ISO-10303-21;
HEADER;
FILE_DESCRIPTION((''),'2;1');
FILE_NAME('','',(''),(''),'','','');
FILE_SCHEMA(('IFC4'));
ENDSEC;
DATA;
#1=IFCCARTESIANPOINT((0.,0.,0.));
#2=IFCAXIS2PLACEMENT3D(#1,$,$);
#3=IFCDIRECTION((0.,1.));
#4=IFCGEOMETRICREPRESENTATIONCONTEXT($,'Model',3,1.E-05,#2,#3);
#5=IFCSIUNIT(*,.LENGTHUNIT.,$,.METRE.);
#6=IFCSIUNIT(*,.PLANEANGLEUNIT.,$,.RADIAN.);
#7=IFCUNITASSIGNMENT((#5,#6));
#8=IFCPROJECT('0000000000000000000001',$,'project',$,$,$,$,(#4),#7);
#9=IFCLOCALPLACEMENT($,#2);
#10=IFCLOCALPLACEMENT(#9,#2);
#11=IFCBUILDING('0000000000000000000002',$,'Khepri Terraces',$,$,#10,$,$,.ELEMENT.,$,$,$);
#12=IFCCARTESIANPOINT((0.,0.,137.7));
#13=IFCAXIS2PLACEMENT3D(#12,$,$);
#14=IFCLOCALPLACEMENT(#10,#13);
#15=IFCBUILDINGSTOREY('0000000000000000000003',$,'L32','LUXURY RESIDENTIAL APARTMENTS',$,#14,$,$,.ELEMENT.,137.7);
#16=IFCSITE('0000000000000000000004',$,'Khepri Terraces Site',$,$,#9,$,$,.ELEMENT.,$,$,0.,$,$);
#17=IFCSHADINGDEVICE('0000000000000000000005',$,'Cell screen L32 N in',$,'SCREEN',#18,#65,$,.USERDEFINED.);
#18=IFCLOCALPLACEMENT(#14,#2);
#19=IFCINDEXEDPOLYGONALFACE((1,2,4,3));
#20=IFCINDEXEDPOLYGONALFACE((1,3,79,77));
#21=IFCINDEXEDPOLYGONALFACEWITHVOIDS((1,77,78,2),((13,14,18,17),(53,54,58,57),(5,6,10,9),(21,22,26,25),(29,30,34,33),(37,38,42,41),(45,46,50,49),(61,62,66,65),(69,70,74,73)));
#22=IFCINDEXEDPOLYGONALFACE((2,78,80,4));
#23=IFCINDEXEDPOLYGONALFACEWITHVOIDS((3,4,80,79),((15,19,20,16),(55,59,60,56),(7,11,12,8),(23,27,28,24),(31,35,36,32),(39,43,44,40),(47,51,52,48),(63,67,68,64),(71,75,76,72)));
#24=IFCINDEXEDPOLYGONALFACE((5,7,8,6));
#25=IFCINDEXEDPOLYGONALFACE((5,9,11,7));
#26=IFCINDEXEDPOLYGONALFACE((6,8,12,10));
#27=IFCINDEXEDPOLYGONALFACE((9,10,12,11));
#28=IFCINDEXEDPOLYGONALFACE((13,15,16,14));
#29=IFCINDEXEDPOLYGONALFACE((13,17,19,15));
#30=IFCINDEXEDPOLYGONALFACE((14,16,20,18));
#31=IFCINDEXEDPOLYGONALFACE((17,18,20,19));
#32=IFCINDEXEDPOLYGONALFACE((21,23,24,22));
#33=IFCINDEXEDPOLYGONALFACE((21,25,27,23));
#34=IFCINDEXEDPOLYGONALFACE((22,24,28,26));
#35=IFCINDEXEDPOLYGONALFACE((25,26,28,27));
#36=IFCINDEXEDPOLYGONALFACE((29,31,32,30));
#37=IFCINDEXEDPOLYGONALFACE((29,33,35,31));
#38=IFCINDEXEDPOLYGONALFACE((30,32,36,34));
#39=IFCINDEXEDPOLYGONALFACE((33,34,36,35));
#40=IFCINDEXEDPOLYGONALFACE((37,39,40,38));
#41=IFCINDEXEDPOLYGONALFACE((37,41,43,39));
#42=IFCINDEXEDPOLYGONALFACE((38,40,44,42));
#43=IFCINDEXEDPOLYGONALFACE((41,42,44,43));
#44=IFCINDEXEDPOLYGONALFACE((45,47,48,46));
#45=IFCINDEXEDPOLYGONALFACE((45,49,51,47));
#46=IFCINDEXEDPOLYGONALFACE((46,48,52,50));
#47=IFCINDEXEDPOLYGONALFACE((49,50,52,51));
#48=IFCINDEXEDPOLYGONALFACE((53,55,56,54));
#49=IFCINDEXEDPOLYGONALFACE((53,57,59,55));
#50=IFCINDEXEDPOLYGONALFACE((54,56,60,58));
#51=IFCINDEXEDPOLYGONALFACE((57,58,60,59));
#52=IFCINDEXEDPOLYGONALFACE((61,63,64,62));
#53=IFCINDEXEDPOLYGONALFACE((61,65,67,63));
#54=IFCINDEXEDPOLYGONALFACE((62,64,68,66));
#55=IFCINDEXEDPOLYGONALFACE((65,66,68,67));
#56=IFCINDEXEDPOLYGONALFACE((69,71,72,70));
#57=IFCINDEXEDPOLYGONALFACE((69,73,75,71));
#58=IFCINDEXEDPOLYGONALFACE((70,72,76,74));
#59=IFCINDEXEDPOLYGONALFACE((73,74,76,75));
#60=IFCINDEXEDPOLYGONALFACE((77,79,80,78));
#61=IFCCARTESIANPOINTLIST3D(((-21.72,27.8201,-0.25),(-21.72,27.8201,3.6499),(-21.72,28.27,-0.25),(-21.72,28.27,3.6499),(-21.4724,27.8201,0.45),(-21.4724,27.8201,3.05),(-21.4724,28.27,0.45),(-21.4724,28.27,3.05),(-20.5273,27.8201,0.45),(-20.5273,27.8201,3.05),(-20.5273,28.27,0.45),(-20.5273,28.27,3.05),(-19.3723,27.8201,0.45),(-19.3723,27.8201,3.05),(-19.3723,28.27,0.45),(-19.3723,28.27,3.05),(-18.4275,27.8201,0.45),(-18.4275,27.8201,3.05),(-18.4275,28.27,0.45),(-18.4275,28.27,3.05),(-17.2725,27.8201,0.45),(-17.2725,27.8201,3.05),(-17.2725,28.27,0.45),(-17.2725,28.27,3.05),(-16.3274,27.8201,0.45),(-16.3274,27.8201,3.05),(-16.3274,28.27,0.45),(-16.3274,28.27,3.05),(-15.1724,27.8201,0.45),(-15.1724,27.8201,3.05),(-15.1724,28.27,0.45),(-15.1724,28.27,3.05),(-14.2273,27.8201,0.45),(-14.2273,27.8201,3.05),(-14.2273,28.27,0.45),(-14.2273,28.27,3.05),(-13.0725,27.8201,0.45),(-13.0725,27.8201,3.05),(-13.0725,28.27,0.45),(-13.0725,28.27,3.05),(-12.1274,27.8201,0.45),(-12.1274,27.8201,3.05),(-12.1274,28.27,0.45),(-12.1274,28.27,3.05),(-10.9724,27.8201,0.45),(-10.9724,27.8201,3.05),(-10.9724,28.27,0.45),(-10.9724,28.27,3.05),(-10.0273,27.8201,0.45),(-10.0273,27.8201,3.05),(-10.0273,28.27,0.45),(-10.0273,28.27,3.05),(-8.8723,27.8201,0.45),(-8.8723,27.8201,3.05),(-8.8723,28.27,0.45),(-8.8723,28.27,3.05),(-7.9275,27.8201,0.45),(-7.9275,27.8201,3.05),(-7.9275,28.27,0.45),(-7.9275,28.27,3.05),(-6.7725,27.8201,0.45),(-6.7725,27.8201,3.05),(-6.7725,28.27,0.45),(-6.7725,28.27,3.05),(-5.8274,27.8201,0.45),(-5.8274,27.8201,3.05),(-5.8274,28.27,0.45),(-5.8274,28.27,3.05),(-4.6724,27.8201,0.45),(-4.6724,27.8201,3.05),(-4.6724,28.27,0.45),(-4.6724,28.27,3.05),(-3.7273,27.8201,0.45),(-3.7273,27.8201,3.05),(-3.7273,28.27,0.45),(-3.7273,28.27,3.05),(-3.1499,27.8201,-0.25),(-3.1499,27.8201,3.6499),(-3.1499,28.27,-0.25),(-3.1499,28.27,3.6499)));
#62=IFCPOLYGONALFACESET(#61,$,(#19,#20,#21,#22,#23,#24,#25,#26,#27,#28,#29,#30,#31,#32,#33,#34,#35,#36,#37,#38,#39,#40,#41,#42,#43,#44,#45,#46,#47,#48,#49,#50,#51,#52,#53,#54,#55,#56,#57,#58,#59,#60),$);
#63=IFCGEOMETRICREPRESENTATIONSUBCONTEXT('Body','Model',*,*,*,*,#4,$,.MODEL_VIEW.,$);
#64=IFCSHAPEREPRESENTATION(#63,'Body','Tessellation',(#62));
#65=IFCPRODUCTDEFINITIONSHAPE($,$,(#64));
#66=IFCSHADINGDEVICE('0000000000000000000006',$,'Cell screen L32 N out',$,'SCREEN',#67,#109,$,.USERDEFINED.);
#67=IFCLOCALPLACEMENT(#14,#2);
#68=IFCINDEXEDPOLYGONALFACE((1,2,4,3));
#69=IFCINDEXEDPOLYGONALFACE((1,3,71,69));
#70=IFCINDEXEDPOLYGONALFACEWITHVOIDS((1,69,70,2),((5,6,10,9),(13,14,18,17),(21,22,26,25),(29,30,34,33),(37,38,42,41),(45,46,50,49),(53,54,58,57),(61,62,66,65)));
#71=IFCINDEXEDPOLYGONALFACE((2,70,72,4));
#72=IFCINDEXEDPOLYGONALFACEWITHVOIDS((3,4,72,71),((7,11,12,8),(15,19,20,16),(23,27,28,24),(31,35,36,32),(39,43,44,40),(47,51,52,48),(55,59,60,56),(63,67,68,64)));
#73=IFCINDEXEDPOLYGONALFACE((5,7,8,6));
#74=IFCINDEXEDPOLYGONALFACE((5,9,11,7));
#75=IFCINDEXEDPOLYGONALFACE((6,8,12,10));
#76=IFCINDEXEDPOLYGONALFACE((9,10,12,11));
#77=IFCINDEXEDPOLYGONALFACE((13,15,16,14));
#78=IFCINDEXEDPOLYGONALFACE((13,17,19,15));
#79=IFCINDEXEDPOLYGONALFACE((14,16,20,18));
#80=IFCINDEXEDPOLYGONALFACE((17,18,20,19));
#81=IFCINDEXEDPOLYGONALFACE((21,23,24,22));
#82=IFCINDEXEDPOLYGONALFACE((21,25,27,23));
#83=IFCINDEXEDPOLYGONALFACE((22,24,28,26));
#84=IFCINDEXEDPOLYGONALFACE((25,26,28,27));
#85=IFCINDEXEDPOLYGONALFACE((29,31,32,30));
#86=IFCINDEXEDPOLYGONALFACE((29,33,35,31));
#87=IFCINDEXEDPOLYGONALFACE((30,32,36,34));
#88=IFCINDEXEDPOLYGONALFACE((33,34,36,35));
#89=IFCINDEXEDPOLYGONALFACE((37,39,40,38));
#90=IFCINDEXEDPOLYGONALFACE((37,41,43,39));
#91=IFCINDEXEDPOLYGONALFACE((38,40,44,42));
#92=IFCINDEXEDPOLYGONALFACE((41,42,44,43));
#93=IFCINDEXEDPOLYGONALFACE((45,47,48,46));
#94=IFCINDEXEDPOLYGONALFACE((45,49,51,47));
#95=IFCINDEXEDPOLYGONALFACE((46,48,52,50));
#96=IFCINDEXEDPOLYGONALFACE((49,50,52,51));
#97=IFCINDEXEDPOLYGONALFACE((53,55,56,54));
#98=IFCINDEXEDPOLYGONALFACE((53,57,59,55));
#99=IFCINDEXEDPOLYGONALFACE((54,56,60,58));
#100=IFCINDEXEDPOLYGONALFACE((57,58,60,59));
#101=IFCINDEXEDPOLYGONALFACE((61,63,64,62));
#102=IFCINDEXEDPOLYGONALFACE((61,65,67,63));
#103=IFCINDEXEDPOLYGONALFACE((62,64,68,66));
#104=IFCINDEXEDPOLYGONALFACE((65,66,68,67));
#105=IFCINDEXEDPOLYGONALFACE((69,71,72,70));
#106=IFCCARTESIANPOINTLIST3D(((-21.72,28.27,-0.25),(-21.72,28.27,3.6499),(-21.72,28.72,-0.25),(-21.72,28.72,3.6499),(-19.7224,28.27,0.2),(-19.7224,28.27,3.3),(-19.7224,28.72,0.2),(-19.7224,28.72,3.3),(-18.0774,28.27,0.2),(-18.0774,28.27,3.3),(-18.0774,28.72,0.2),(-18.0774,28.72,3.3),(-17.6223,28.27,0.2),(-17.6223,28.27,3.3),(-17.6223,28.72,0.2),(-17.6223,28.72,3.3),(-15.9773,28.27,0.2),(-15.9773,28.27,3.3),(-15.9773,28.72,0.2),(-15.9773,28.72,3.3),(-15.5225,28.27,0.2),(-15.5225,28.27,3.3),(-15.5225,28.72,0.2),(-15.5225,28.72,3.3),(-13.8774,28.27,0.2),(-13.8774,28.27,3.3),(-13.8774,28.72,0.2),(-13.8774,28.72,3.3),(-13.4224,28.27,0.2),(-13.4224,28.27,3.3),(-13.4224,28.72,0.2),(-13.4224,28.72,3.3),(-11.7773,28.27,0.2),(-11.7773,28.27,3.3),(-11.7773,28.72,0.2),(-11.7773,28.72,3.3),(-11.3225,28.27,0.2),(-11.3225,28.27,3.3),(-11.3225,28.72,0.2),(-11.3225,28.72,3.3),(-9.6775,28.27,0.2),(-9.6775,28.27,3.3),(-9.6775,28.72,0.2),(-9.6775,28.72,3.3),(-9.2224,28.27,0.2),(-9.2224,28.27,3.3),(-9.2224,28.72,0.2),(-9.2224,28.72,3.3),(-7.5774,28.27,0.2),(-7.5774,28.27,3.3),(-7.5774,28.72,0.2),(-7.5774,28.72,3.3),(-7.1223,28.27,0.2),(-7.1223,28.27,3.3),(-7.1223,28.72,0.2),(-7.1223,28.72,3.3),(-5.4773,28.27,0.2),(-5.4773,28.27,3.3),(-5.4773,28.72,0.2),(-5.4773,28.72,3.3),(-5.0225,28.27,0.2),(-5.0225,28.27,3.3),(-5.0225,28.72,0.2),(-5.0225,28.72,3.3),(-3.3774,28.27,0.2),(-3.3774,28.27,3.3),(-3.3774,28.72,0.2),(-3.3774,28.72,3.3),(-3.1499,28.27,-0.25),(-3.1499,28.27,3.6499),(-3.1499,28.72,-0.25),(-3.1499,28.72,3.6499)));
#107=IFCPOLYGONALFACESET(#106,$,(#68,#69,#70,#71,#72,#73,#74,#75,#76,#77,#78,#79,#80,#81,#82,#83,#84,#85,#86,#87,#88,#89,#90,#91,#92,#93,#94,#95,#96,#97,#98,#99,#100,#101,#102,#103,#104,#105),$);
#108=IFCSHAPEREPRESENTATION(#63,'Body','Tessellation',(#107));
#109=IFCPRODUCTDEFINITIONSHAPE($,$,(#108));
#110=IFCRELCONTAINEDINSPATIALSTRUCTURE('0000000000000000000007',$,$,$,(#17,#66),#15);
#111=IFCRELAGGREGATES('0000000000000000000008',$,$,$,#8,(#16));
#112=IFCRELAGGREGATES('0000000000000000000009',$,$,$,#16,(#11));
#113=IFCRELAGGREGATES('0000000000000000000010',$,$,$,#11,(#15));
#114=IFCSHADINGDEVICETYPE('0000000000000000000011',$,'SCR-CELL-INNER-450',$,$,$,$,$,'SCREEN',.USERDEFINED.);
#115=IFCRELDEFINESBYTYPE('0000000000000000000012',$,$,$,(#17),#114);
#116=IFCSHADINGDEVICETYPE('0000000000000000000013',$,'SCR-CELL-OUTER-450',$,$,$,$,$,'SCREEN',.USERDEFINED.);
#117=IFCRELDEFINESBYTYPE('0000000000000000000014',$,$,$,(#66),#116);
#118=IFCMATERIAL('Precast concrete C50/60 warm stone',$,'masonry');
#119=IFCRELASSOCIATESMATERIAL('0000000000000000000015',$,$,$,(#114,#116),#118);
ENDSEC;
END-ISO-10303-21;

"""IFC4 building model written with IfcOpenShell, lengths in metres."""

from ifc_helpers import new_model, si_unit, direction, frame, origin, place, context, subcontext, project, spatial, polyline, outline, extrude, material, type_object, element, save


model = new_model("IFC4")

# Units and contexts
model_context = context("Model", 3, precision=1e-05, world=origin(), true_north=direction((0.0, 1.0)))
body_context = subcontext(model_context, "Body", "Model", "MODEL_VIEW")
ifc_project = project(units=[si_unit("LENGTHUNIT", "METRE"), si_unit("PLANEANGLEUNIT", "RADIAN")], contexts=[model_context])

# Site, building, storey
site_placement = place(None, origin())
site = spatial("IfcSite", under=ifc_project, at=site_placement, Name="Khepri Terraces Site", CompositionType="ELEMENT", RefElevation=0.0)
building_placement = place(site_placement, origin())
building = spatial("IfcBuilding", under=site, at=building_placement, Name="Khepri Terraces", CompositionType="ELEMENT")
storey_placement = place(building_placement, frame((0.0, 0.0, 137.7)))
storey = spatial("IfcBuildingStorey", under=building, at=storey_placement, Name="L32", Description="LUXURY RESIDENTIAL APARTMENTS", CompositionType="ELEMENT", Elevation=137.7)

# Shared definitions
ifc_material_1 = material(Name="Precast concrete C50/60 warm stone", Category="masonry")

# Shading devices
shading_device_type_1 = type_object("IfcShadingDeviceType", Name="SCR-CELL-INNER-450", ElementType="SCREEN", PredefinedType="USERDEFINED", material=ifc_material_1)
shading_device_1_placement = place(storey_placement, frame((-3.1499, 27.8201, -0.25), z_axis=(0.0, 1.0, 0.0), x_axis=(-1.0, 0.0, 0.0)))
element("IfcShadingDevice", 1, at=shading_device_1_placement, inside=storey, type_object=shading_device_type_1, Name="Cell screen L32 N in", ObjectType="SCREEN", PredefinedType="USERDEFINED", context=body_context, shape_type="SweptSolid", body=[
    extrude(outline(polyline([(0.0, 0.0), (18.5701, 0.0), (18.5701, 3.8999), (0.0, 3.8999), (0.0, 0.0)]), holes=[polyline([(0.5774, 0.7), (1.5225, 0.7), (1.5225, 3.3), (0.5774, 3.3), (0.5774, 0.7)]), polyline([(2.6775, 0.7), (3.6226, 0.7), (3.6226, 3.3), (2.6775, 3.3), (2.6775, 0.7)]), polyline([(4.7776, 0.7), (5.7224, 0.7), (5.7224, 3.3), (4.7776, 3.3), (4.7776, 0.7)]), polyline([(6.8774, 0.7), (7.8225, 0.7), (7.8225, 3.3), (6.8774, 3.3), (6.8774, 0.7)]), polyline([(8.9775, 0.7), (9.9226, 0.7), (9.9226, 3.3), (8.9775, 3.3), (8.9775, 0.7)]), polyline([(11.0774, 0.7), (12.0225, 0.7), (12.0225, 3.3), (11.0774, 3.3), (11.0774, 0.7)]), polyline([(13.1775, 0.7), (14.1226, 0.7), (14.1226, 3.3), (13.1775, 3.3), (13.1775, 0.7)]), polyline([(15.2776, 0.7), (16.2224, 0.7), (16.2224, 3.3), (15.2776, 3.3), (15.2776, 0.7)]), polyline([(17.3774, 0.7), (18.3225, 0.7), (18.3225, 3.3), (17.3774, 3.3), (17.3774, 0.7)])]), origin(), (0.0, 0.0, 1.0), 0.45),
])
shading_device_type_2 = type_object("IfcShadingDeviceType", Name="SCR-CELL-OUTER-450", ElementType="SCREEN", PredefinedType="USERDEFINED", material=ifc_material_1)
shading_device_2_placement = place(storey_placement, frame((-3.1499, 28.27, -0.25), z_axis=(0.0, 1.0, 0.0), x_axis=(-1.0, 0.0, 0.0)))
element("IfcShadingDevice", 2, at=shading_device_2_placement, inside=storey, type_object=shading_device_type_2, Name="Cell screen L32 N out", ObjectType="SCREEN", PredefinedType="USERDEFINED", context=body_context, shape_type="SweptSolid", body=[
    extrude(outline(polyline([(0.0, 0.0), (18.5701, 0.0), (18.5701, 3.8999), (0.0, 3.8999), (0.0, 0.0)]), holes=[polyline([(0.2275, 0.45), (1.8726, 0.45), (1.8726, 3.55), (0.2275, 3.55), (0.2275, 0.45)]), polyline([(2.3274, 0.45), (3.9724, 0.45), (3.9724, 3.55), (2.3274, 3.55), (2.3274, 0.45)]), polyline([(4.4275, 0.45), (6.0725, 0.45), (6.0725, 3.55), (4.4275, 3.55), (4.4275, 0.45)]), polyline([(6.5276, 0.45), (8.1726, 0.45), (8.1726, 3.55), (6.5276, 3.55), (6.5276, 0.45)]), polyline([(8.6274, 0.45), (10.2725, 0.45), (10.2725, 3.55), (8.6274, 3.55), (8.6274, 0.45)]), polyline([(10.7275, 0.45), (12.3726, 0.45), (12.3726, 3.55), (10.7275, 3.55), (10.7275, 0.45)]), polyline([(12.8274, 0.45), (14.4724, 0.45), (14.4724, 3.55), (12.8274, 3.55), (12.8274, 0.45)]), polyline([(14.9275, 0.45), (16.5725, 0.45), (16.5725, 3.55), (14.9275, 3.55), (14.9275, 0.45)])]), origin(), (0.0, 0.0, 1.0), 0.45),
])

save(model, "model.ifc")
